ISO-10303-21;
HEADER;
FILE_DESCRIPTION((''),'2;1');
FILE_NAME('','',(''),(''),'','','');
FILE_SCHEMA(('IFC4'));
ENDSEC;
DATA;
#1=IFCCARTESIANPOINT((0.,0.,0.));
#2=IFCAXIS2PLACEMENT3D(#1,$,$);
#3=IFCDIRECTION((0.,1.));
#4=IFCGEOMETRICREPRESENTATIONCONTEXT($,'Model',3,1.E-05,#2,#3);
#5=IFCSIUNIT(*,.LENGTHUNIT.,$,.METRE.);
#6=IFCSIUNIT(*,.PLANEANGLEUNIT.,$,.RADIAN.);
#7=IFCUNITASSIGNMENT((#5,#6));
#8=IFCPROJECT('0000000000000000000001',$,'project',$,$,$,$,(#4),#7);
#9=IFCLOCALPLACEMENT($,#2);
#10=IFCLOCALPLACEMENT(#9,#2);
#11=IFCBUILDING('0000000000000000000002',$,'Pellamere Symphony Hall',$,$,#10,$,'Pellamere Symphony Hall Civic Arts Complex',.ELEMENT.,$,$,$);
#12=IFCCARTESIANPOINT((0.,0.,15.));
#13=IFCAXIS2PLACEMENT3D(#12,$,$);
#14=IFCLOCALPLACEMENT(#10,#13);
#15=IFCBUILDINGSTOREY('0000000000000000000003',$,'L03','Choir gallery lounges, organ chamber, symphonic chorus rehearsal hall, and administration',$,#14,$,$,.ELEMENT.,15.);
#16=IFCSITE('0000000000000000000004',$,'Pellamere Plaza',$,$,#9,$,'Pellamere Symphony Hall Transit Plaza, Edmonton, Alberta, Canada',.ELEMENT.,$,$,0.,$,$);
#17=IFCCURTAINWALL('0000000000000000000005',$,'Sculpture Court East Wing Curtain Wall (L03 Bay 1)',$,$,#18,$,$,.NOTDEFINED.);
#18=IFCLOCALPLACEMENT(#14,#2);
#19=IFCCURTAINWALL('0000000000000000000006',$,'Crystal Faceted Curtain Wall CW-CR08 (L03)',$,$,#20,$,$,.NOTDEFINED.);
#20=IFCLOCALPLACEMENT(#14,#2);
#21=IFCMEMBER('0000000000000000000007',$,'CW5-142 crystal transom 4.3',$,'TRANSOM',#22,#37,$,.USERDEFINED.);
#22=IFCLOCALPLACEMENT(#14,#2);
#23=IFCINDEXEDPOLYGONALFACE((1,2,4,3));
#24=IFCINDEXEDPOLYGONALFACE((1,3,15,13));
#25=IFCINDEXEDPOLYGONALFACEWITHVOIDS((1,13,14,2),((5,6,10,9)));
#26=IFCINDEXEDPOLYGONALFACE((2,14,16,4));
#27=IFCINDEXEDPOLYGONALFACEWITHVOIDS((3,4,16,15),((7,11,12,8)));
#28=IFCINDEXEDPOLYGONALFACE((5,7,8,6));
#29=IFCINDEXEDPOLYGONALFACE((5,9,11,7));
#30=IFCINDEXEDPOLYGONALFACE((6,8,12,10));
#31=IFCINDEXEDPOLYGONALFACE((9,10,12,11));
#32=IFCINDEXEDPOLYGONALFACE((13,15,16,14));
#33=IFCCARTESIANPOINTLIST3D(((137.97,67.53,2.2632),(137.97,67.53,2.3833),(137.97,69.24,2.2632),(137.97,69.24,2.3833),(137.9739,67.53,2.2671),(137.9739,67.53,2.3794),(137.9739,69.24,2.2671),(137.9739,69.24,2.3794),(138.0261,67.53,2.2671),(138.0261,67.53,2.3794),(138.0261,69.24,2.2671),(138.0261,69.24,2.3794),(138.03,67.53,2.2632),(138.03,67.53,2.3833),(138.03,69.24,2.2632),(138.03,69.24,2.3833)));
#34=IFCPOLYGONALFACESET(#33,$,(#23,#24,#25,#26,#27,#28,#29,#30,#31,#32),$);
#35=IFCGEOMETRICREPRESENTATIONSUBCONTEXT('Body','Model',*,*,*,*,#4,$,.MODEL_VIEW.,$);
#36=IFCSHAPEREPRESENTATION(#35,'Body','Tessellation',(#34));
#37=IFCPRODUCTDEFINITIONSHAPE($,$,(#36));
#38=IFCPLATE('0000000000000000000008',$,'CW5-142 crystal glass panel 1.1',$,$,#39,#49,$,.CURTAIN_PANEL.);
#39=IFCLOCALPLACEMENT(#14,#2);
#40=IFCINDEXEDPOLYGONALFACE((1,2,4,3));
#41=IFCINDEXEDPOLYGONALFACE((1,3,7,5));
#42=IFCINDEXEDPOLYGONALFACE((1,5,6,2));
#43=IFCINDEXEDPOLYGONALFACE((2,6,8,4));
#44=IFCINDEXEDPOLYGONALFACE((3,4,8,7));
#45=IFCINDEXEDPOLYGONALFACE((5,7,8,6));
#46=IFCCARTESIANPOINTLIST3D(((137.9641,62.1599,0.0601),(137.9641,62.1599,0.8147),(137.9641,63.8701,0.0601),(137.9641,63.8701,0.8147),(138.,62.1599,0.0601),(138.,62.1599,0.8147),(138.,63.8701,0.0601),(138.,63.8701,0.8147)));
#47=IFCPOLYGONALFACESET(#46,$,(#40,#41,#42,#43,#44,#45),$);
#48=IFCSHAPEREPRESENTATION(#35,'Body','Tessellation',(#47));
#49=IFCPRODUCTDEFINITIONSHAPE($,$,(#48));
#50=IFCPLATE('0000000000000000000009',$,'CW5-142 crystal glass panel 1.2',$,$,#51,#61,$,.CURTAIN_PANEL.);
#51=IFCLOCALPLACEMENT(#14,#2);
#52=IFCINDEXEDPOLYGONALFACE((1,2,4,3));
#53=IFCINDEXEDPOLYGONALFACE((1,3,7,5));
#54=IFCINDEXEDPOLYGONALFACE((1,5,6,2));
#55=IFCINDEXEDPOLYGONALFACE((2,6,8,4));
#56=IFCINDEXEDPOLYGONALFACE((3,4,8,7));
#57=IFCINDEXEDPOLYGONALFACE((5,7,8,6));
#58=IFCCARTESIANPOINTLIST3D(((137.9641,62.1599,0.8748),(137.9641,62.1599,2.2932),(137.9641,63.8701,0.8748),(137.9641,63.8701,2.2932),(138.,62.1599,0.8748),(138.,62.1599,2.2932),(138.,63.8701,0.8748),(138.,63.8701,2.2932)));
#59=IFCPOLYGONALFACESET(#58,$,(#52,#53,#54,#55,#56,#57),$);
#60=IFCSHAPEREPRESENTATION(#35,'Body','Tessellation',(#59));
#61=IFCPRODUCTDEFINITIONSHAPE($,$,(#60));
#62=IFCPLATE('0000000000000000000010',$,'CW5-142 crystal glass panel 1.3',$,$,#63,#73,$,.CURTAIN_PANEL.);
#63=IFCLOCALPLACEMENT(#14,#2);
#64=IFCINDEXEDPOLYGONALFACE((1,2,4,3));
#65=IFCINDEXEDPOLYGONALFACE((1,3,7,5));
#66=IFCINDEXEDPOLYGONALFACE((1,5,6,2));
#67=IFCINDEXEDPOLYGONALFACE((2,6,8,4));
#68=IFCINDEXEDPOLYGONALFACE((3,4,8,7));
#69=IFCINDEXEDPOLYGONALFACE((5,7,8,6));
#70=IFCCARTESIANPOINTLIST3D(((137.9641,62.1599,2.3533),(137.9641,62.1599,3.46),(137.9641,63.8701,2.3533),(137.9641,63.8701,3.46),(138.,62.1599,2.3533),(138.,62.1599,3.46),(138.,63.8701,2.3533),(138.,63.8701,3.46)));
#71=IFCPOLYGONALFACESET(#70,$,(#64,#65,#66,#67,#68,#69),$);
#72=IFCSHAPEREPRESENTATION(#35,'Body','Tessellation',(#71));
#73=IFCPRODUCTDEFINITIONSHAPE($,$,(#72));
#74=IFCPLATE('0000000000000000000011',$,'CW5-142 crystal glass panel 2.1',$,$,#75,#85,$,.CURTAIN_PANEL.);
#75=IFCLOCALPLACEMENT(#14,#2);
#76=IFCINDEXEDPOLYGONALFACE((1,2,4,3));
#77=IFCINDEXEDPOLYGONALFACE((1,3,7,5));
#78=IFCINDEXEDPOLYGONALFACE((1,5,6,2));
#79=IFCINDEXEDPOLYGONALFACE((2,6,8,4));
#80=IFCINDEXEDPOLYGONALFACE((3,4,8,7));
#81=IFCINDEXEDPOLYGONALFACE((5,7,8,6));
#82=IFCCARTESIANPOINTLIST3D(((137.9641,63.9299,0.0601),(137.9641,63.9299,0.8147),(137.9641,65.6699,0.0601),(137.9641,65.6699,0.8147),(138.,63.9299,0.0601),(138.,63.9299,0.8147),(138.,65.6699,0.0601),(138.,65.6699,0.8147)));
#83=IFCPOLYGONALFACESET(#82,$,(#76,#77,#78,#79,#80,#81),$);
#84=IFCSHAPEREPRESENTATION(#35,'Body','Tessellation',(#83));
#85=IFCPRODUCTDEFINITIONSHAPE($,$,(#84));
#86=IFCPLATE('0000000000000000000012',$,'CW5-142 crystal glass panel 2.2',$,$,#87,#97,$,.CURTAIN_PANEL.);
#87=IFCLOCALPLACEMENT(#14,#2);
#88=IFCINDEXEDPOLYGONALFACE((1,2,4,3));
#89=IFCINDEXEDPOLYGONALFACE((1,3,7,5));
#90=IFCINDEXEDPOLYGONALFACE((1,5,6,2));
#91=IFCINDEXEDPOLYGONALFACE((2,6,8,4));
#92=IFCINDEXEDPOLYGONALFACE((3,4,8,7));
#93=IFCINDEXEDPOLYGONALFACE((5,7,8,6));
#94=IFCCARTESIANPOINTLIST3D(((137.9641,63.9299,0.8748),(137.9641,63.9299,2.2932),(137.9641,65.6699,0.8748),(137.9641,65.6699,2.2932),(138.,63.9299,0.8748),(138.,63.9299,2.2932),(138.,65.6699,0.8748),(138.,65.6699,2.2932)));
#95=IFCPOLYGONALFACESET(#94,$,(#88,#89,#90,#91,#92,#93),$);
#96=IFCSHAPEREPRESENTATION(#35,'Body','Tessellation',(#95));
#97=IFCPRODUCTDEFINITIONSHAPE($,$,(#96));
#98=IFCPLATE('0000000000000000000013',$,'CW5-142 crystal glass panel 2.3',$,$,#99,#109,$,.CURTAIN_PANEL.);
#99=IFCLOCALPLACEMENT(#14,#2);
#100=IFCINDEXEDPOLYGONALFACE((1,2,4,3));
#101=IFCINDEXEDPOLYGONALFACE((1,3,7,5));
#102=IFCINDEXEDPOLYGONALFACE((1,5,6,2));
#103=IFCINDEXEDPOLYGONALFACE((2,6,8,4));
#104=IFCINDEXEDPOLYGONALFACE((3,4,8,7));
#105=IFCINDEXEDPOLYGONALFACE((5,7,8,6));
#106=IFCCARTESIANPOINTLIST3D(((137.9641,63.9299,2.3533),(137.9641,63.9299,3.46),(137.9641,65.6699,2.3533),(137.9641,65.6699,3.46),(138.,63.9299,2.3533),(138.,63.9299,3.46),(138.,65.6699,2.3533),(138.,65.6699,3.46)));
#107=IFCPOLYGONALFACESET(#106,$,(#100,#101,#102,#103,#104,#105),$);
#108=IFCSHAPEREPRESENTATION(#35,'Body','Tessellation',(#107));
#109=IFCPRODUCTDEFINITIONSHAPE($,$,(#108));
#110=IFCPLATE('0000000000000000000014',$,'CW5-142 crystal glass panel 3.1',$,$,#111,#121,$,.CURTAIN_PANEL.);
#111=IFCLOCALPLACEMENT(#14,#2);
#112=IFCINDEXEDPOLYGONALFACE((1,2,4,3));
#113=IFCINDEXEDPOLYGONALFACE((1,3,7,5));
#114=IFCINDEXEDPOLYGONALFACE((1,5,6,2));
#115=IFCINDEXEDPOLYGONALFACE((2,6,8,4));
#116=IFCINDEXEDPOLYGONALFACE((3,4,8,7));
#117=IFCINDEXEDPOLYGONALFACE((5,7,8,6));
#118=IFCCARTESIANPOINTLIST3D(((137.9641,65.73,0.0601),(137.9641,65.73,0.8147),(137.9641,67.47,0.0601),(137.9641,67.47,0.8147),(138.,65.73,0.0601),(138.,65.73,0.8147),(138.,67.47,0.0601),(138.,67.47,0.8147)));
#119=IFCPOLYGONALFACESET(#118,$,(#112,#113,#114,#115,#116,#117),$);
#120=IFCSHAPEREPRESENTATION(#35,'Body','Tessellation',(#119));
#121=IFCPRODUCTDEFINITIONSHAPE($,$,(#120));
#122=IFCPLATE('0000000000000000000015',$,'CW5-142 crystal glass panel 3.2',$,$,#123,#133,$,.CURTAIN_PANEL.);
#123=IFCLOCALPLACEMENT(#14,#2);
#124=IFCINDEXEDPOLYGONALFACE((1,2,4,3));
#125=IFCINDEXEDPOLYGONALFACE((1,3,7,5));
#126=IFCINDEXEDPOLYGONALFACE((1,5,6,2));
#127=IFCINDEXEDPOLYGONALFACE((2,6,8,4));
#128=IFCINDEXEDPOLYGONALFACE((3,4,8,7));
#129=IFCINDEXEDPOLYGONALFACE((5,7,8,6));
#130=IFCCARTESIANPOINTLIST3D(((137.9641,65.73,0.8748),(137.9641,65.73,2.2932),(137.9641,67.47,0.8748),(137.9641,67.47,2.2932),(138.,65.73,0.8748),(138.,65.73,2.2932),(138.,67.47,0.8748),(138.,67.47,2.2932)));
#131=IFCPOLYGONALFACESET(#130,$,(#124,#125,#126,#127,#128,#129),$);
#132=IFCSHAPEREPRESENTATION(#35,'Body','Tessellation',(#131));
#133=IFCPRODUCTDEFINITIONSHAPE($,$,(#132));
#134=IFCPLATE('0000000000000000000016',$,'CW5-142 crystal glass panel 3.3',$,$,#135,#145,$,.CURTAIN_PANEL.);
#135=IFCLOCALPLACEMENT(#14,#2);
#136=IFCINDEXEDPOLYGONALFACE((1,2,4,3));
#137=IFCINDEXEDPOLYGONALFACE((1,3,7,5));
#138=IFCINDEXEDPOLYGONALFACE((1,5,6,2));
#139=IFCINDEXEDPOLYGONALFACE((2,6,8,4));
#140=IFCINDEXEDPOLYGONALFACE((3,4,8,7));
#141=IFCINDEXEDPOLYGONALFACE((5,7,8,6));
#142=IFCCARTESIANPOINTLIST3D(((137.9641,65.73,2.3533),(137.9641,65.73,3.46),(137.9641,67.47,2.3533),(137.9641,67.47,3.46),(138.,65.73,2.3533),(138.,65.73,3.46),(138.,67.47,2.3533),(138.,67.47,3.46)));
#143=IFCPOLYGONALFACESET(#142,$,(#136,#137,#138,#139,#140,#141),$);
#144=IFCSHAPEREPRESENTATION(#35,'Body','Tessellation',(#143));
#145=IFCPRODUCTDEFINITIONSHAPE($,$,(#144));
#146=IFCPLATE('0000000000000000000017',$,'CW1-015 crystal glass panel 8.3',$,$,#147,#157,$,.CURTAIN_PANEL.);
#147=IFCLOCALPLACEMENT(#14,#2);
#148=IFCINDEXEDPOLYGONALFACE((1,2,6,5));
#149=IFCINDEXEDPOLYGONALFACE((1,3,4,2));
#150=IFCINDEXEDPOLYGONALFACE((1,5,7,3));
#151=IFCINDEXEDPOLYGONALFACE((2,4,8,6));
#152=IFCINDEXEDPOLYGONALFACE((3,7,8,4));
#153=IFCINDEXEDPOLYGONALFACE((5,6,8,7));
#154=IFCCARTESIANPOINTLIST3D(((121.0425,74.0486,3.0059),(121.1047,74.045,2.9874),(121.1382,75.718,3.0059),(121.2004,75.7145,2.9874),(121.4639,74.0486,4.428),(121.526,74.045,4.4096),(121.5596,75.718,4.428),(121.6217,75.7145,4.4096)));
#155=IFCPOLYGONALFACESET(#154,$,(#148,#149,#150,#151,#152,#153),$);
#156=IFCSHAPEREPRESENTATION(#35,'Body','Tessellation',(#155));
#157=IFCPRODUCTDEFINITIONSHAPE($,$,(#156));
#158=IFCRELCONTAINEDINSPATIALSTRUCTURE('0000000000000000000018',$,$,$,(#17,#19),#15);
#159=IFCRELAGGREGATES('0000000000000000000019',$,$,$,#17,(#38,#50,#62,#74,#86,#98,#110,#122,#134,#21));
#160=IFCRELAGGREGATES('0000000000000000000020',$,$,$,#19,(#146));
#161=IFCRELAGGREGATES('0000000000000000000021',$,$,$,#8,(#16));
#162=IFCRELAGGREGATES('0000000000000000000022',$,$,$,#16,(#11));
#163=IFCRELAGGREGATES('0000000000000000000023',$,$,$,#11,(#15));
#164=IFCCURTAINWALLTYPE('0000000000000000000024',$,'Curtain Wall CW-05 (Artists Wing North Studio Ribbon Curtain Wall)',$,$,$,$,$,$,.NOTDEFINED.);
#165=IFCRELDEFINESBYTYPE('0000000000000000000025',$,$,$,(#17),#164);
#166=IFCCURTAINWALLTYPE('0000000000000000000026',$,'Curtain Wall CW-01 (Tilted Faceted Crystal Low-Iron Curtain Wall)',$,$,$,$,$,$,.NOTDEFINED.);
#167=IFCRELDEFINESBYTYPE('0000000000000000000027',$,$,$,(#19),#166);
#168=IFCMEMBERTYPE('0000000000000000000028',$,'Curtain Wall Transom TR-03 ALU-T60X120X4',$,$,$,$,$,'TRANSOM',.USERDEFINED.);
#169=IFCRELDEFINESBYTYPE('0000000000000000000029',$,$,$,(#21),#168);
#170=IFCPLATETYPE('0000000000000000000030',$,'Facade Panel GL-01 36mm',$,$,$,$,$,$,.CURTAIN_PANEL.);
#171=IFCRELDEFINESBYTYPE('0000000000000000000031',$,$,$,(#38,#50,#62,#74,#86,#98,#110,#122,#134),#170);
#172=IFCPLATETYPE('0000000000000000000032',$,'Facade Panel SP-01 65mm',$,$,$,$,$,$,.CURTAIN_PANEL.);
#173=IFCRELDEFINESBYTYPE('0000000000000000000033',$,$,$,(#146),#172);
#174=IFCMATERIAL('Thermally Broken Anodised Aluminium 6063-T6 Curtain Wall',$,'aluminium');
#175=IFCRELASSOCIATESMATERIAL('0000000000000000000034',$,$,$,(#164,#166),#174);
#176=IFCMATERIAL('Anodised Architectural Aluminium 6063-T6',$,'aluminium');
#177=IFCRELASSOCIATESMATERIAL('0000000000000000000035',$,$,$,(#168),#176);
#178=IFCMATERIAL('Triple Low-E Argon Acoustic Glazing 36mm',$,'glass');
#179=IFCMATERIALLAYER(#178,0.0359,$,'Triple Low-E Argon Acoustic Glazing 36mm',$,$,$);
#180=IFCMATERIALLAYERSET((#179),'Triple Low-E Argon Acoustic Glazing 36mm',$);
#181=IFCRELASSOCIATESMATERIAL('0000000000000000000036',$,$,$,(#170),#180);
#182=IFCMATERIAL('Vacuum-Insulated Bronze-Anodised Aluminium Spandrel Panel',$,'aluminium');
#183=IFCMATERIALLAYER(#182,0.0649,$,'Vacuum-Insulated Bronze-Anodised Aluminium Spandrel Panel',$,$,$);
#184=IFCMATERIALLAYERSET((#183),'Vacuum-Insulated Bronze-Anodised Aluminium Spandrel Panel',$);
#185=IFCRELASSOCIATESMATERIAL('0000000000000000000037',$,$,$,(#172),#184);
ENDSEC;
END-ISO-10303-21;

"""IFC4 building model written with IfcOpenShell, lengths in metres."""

from ifc_helpers import new_model, si_unit, direction, frame, origin, origin_2d, place, context, subcontext, project, spatial, polyline, hollow_rectangle, outline, extrude, material, layer, layer_set, material_profile, profile_set, type_object, element, aggregate, save


model = new_model("IFC4")

# Units and contexts
model_context = context("Model", 3, precision=1e-05, world=origin(), true_north=direction((0.0, 1.0)))
body_context = subcontext(model_context, "Body", "Model", "MODEL_VIEW")
ifc_project = project(units=[si_unit("LENGTHUNIT", "METRE"), si_unit("PLANEANGLEUNIT", "RADIAN")], contexts=[model_context])

# Site, building, storey
site_placement = place(None, origin())
site = spatial("IfcSite", under=ifc_project, at=site_placement, Name="Pellamere Plaza", LongName="Pellamere Symphony Hall Transit Plaza, Edmonton, Alberta, Canada", CompositionType="ELEMENT", RefElevation=0.0)
building_placement = place(site_placement, origin())
building = spatial("IfcBuilding", under=site, at=building_placement, Name="Pellamere Symphony Hall", LongName="Pellamere Symphony Hall Civic Arts Complex", CompositionType="ELEMENT")
storey_placement = place(building_placement, frame((0.0, 0.0, 15.0)))
storey = spatial("IfcBuildingStorey", under=building, at=storey_placement, Name="L03", Description="Choir gallery lounges, organ chamber, symphonic chorus rehearsal hall, and administration", CompositionType="ELEMENT", Elevation=15.0)

# Curtain walls
ifc_material_1 = material(Name="Thermally Broken Anodised Aluminium 6063-T6 Curtain Wall", Category="aluminium")
curtain_wall_type_1 = type_object("IfcCurtainWallType", Name="Curtain Wall CW-05 (Artists Wing North Studio Ribbon Curtain Wall)", PredefinedType="NOTDEFINED", material=ifc_material_1)
curtain_wall_1_placement = place(storey_placement, origin())
curtain_wall_1 = element("IfcCurtainWall", 1, at=curtain_wall_1_placement, inside=storey, type_object=curtain_wall_type_1, Name="Sculpture Court East Wing Curtain Wall (L03 Bay 1)", PredefinedType="NOTDEFINED")
ifc_material_2 = material(Name="Anodised Architectural Aluminium 6063-T6", Category="aluminium")
curtain_wall_type_2 = type_object("IfcCurtainWallType", Name="Curtain Wall CW-01 (Tilted Faceted Crystal Low-Iron Curtain Wall)", PredefinedType="NOTDEFINED", material=ifc_material_1)
curtain_wall_2_placement = place(storey_placement, origin())
curtain_wall_2 = element("IfcCurtainWall", 2, at=curtain_wall_2_placement, inside=storey, type_object=curtain_wall_type_2, Name="Crystal Faceted Curtain Wall CW-CR08 (L03)", PredefinedType="NOTDEFINED")

# Member
ifc_material_profile_1 = material_profile(ifc_material_2, hollow_rectangle(XDim=0.0601, YDim=0.1201, WallThickness=0.0039, at=origin_2d()), Name="ALU-T60X120X4")
ifc_profile_set_1 = profile_set([ifc_material_profile_1], Name="Anodised Architectural Aluminium 6063-T6")
member_type_1 = type_object("IfcMemberType", Name="Curtain Wall Transom TR-03 ALU-T60X120X4", ElementType="TRANSOM", PredefinedType="USERDEFINED", material=ifc_profile_set_1)
member_1_placement = place(storey_placement, frame((138.0, 67.53, 2.3232), z_axis=(0.0, 1.0, 0.0), x_axis=(-1.0, 0.0, 0.0)))
member_1 = element("IfcMember", 3, at=member_1_placement, type_object=member_type_1, Name="CW5-142 crystal transom 4.3", ObjectType="TRANSOM", PredefinedType="USERDEFINED", context=body_context, shape_type="SweptSolid", body=[
    extrude(hollow_rectangle(XDim=0.0601, YDim=0.1201, WallThickness=0.0039, at=origin_2d()), origin(), (0.0, 0.0, 1.0), 1.71),
])

# Plates
ifc_material_3 = material(Name="Triple Low-E Argon Acoustic Glazing 36mm", Category="glass")
ifc_layer_1 = layer(ifc_material_3, 0.0359, Name="Triple Low-E Argon Acoustic Glazing 36mm")
ifc_layer_set_1 = layer_set([ifc_layer_1], Name="Triple Low-E Argon Acoustic Glazing 36mm")
plate_type_1 = type_object("IfcPlateType", Name="Facade Panel GL-01 36mm", PredefinedType="CURTAIN_PANEL", material=ifc_layer_set_1)
plate_1_placement = place(storey_placement, frame((138.0, 62.1599, 0.0601), z_axis=(1.0, 0.0, 0.0), x_axis=(0.0, 1.0, 0.0)))
plate_1 = element("IfcPlate", 4, at=plate_1_placement, type_object=plate_type_1, Name="CW5-142 crystal glass panel 1.1", PredefinedType="CURTAIN_PANEL", context=body_context, shape_type="SweptSolid", body=[
    extrude(outline(polyline([(0.0, 0.0), (1.7102, 0.0), (1.7102, 0.7546), (0.0, 0.7546), (0.0, 0.0)])), origin(), (0.0, 0.0, -1.0), 0.0359),
])
plate_2_placement = place(storey_placement, frame((138.0, 62.1599, 0.8748), z_axis=(1.0, 0.0, 0.0), x_axis=(0.0, 1.0, 0.0)))
plate_2 = element("IfcPlate", 5, at=plate_2_placement, type_object=plate_type_1, Name="CW5-142 crystal glass panel 1.2", PredefinedType="CURTAIN_PANEL", context=body_context, shape_type="SweptSolid", body=[
    extrude(outline(polyline([(0.0, 0.0), (1.7102, 0.0), (1.7102, 1.4185), (0.0, 1.4185), (0.0, 0.0)])), origin(), (0.0, 0.0, -1.0), 0.0359),
])
plate_3_placement = place(storey_placement, frame((138.0, 62.1599, 2.3533), z_axis=(1.0, 0.0, 0.0), x_axis=(0.0, 1.0, 0.0)))
plate_3 = element("IfcPlate", 6, at=plate_3_placement, type_object=plate_type_1, Name="CW5-142 crystal glass panel 1.3", PredefinedType="CURTAIN_PANEL", context=body_context, shape_type="SweptSolid", body=[
    extrude(outline(polyline([(0.0, 0.0), (1.7102, 0.0), (1.7102, 1.1067), (0.0, 1.1067), (0.0, 0.0)])), origin(), (0.0, 0.0, -1.0), 0.0359),
])
plate_4_placement = place(storey_placement, frame((138.0, 63.9299, 0.0601), z_axis=(1.0, 0.0, 0.0), x_axis=(0.0, 1.0, 0.0)))
plate_4 = element("IfcPlate", 7, at=plate_4_placement, type_object=plate_type_1, Name="CW5-142 crystal glass panel 2.1", PredefinedType="CURTAIN_PANEL", context=body_context, shape_type="SweptSolid", body=[
    extrude(outline(polyline([(0.0, 0.0), (1.74, 0.0), (1.74, 0.7546), (0.0, 0.7546), (0.0, 0.0)])), origin(), (0.0, 0.0, -1.0), 0.0359),
])
plate_5_placement = place(storey_placement, frame((138.0, 63.9299, 0.8748), z_axis=(1.0, 0.0, 0.0), x_axis=(0.0, 1.0, 0.0)))
plate_5 = element("IfcPlate", 8, at=plate_5_placement, type_object=plate_type_1, Name="CW5-142 crystal glass panel 2.2", PredefinedType="CURTAIN_PANEL", context=body_context, shape_type="SweptSolid", body=[
    extrude(outline(polyline([(0.0, 0.0), (1.74, 0.0), (1.74, 1.4185), (0.0, 1.4185), (0.0, 0.0)])), origin(), (0.0, 0.0, -1.0), 0.0359),
])
plate_6_placement = place(storey_placement, frame((138.0, 63.9299, 2.3533), z_axis=(1.0, 0.0, 0.0), x_axis=(0.0, 1.0, 0.0)))
plate_6 = element("IfcPlate", 9, at=plate_6_placement, type_object=plate_type_1, Name="CW5-142 crystal glass panel 2.3", PredefinedType="CURTAIN_PANEL", context=body_context, shape_type="SweptSolid", body=[
    extrude(outline(polyline([(0.0, 0.0), (1.74, 0.0), (1.74, 1.1067), (0.0, 1.1067), (0.0, 0.0)])), origin(), (0.0, 0.0, -1.0), 0.0359),
])
plate_7_placement = place(storey_placement, frame((138.0, 65.73, 0.0601), z_axis=(1.0, 0.0, 0.0), x_axis=(0.0, 1.0, 0.0)))
plate_7 = element("IfcPlate", 10, at=plate_7_placement, type_object=plate_type_1, Name="CW5-142 crystal glass panel 3.1", PredefinedType="CURTAIN_PANEL", context=body_context, shape_type="SweptSolid", body=[
    extrude(outline(polyline([(0.0, 0.0), (1.74, 0.0), (1.74, 0.7546), (0.0, 0.7546), (0.0, 0.0)])), origin(), (0.0, 0.0, -1.0), 0.0359),
])
plate_8_placement = place(storey_placement, frame((138.0, 65.73, 0.8748), z_axis=(1.0, 0.0, 0.0), x_axis=(0.0, 1.0, 0.0)))
plate_8 = element("IfcPlate", 11, at=plate_8_placement, type_object=plate_type_1, Name="CW5-142 crystal glass panel 3.2", PredefinedType="CURTAIN_PANEL", context=body_context, shape_type="SweptSolid", body=[
    extrude(outline(polyline([(0.0, 0.0), (1.74, 0.0), (1.74, 1.4185), (0.0, 1.4185), (0.0, 0.0)])), origin(), (0.0, 0.0, -1.0), 0.0359),
])
plate_9_placement = place(storey_placement, frame((138.0, 65.73, 2.3533), z_axis=(1.0, 0.0, 0.0), x_axis=(0.0, 1.0, 0.0)))
plate_9 = element("IfcPlate", 12, at=plate_9_placement, type_object=plate_type_1, Name="CW5-142 crystal glass panel 3.3", PredefinedType="CURTAIN_PANEL", context=body_context, shape_type="SweptSolid", body=[
    extrude(outline(polyline([(0.0, 0.0), (1.74, 0.0), (1.74, 1.1067), (0.0, 1.1067), (0.0, 0.0)])), origin(), (0.0, 0.0, -1.0), 0.0359),
])
aggregate(curtain_wall_1, [plate_1, plate_2, plate_3, plate_4, plate_5, plate_6, plate_7, plate_8, plate_9, member_1])
ifc_material_4 = material(Name="Vacuum-Insulated Bronze-Anodised Aluminium Spandrel Panel", Category="aluminium")
ifc_layer_2 = layer(ifc_material_4, 0.0649, Name="Vacuum-Insulated Bronze-Anodised Aluminium Spandrel Panel")
ifc_layer_set_2 = layer_set([ifc_layer_2], Name="Vacuum-Insulated Bronze-Anodised Aluminium Spandrel Panel")
plate_type_2 = type_object("IfcPlateType", Name="Facade Panel SP-01 65mm", PredefinedType="CURTAIN_PANEL", material=ifc_layer_set_2)
plate_10_placement = place(storey_placement, frame((121.0425, 74.0486, 3.0059), z_axis=(-0.95735, 0.054882, 0.283671), x_axis=(0.057233, 0.998361, 0.0)))
plate_10 = element("IfcPlate", 13, at=plate_10_placement, type_object=plate_type_2, Name="CW1-015 crystal glass panel 8.3", PredefinedType="CURTAIN_PANEL", context=body_context, shape_type="SweptSolid", body=[
    extrude(outline(polyline([(0.0, 0.0), (1.6722, 0.0), (1.6963, -1.483), (0.0241, -1.483), (0.0, 0.0)])), origin(), (0.0, 0.0, -1.0), 0.0649),
])
aggregate(curtain_wall_2, [plate_10])

save(model, "model.ifc")
